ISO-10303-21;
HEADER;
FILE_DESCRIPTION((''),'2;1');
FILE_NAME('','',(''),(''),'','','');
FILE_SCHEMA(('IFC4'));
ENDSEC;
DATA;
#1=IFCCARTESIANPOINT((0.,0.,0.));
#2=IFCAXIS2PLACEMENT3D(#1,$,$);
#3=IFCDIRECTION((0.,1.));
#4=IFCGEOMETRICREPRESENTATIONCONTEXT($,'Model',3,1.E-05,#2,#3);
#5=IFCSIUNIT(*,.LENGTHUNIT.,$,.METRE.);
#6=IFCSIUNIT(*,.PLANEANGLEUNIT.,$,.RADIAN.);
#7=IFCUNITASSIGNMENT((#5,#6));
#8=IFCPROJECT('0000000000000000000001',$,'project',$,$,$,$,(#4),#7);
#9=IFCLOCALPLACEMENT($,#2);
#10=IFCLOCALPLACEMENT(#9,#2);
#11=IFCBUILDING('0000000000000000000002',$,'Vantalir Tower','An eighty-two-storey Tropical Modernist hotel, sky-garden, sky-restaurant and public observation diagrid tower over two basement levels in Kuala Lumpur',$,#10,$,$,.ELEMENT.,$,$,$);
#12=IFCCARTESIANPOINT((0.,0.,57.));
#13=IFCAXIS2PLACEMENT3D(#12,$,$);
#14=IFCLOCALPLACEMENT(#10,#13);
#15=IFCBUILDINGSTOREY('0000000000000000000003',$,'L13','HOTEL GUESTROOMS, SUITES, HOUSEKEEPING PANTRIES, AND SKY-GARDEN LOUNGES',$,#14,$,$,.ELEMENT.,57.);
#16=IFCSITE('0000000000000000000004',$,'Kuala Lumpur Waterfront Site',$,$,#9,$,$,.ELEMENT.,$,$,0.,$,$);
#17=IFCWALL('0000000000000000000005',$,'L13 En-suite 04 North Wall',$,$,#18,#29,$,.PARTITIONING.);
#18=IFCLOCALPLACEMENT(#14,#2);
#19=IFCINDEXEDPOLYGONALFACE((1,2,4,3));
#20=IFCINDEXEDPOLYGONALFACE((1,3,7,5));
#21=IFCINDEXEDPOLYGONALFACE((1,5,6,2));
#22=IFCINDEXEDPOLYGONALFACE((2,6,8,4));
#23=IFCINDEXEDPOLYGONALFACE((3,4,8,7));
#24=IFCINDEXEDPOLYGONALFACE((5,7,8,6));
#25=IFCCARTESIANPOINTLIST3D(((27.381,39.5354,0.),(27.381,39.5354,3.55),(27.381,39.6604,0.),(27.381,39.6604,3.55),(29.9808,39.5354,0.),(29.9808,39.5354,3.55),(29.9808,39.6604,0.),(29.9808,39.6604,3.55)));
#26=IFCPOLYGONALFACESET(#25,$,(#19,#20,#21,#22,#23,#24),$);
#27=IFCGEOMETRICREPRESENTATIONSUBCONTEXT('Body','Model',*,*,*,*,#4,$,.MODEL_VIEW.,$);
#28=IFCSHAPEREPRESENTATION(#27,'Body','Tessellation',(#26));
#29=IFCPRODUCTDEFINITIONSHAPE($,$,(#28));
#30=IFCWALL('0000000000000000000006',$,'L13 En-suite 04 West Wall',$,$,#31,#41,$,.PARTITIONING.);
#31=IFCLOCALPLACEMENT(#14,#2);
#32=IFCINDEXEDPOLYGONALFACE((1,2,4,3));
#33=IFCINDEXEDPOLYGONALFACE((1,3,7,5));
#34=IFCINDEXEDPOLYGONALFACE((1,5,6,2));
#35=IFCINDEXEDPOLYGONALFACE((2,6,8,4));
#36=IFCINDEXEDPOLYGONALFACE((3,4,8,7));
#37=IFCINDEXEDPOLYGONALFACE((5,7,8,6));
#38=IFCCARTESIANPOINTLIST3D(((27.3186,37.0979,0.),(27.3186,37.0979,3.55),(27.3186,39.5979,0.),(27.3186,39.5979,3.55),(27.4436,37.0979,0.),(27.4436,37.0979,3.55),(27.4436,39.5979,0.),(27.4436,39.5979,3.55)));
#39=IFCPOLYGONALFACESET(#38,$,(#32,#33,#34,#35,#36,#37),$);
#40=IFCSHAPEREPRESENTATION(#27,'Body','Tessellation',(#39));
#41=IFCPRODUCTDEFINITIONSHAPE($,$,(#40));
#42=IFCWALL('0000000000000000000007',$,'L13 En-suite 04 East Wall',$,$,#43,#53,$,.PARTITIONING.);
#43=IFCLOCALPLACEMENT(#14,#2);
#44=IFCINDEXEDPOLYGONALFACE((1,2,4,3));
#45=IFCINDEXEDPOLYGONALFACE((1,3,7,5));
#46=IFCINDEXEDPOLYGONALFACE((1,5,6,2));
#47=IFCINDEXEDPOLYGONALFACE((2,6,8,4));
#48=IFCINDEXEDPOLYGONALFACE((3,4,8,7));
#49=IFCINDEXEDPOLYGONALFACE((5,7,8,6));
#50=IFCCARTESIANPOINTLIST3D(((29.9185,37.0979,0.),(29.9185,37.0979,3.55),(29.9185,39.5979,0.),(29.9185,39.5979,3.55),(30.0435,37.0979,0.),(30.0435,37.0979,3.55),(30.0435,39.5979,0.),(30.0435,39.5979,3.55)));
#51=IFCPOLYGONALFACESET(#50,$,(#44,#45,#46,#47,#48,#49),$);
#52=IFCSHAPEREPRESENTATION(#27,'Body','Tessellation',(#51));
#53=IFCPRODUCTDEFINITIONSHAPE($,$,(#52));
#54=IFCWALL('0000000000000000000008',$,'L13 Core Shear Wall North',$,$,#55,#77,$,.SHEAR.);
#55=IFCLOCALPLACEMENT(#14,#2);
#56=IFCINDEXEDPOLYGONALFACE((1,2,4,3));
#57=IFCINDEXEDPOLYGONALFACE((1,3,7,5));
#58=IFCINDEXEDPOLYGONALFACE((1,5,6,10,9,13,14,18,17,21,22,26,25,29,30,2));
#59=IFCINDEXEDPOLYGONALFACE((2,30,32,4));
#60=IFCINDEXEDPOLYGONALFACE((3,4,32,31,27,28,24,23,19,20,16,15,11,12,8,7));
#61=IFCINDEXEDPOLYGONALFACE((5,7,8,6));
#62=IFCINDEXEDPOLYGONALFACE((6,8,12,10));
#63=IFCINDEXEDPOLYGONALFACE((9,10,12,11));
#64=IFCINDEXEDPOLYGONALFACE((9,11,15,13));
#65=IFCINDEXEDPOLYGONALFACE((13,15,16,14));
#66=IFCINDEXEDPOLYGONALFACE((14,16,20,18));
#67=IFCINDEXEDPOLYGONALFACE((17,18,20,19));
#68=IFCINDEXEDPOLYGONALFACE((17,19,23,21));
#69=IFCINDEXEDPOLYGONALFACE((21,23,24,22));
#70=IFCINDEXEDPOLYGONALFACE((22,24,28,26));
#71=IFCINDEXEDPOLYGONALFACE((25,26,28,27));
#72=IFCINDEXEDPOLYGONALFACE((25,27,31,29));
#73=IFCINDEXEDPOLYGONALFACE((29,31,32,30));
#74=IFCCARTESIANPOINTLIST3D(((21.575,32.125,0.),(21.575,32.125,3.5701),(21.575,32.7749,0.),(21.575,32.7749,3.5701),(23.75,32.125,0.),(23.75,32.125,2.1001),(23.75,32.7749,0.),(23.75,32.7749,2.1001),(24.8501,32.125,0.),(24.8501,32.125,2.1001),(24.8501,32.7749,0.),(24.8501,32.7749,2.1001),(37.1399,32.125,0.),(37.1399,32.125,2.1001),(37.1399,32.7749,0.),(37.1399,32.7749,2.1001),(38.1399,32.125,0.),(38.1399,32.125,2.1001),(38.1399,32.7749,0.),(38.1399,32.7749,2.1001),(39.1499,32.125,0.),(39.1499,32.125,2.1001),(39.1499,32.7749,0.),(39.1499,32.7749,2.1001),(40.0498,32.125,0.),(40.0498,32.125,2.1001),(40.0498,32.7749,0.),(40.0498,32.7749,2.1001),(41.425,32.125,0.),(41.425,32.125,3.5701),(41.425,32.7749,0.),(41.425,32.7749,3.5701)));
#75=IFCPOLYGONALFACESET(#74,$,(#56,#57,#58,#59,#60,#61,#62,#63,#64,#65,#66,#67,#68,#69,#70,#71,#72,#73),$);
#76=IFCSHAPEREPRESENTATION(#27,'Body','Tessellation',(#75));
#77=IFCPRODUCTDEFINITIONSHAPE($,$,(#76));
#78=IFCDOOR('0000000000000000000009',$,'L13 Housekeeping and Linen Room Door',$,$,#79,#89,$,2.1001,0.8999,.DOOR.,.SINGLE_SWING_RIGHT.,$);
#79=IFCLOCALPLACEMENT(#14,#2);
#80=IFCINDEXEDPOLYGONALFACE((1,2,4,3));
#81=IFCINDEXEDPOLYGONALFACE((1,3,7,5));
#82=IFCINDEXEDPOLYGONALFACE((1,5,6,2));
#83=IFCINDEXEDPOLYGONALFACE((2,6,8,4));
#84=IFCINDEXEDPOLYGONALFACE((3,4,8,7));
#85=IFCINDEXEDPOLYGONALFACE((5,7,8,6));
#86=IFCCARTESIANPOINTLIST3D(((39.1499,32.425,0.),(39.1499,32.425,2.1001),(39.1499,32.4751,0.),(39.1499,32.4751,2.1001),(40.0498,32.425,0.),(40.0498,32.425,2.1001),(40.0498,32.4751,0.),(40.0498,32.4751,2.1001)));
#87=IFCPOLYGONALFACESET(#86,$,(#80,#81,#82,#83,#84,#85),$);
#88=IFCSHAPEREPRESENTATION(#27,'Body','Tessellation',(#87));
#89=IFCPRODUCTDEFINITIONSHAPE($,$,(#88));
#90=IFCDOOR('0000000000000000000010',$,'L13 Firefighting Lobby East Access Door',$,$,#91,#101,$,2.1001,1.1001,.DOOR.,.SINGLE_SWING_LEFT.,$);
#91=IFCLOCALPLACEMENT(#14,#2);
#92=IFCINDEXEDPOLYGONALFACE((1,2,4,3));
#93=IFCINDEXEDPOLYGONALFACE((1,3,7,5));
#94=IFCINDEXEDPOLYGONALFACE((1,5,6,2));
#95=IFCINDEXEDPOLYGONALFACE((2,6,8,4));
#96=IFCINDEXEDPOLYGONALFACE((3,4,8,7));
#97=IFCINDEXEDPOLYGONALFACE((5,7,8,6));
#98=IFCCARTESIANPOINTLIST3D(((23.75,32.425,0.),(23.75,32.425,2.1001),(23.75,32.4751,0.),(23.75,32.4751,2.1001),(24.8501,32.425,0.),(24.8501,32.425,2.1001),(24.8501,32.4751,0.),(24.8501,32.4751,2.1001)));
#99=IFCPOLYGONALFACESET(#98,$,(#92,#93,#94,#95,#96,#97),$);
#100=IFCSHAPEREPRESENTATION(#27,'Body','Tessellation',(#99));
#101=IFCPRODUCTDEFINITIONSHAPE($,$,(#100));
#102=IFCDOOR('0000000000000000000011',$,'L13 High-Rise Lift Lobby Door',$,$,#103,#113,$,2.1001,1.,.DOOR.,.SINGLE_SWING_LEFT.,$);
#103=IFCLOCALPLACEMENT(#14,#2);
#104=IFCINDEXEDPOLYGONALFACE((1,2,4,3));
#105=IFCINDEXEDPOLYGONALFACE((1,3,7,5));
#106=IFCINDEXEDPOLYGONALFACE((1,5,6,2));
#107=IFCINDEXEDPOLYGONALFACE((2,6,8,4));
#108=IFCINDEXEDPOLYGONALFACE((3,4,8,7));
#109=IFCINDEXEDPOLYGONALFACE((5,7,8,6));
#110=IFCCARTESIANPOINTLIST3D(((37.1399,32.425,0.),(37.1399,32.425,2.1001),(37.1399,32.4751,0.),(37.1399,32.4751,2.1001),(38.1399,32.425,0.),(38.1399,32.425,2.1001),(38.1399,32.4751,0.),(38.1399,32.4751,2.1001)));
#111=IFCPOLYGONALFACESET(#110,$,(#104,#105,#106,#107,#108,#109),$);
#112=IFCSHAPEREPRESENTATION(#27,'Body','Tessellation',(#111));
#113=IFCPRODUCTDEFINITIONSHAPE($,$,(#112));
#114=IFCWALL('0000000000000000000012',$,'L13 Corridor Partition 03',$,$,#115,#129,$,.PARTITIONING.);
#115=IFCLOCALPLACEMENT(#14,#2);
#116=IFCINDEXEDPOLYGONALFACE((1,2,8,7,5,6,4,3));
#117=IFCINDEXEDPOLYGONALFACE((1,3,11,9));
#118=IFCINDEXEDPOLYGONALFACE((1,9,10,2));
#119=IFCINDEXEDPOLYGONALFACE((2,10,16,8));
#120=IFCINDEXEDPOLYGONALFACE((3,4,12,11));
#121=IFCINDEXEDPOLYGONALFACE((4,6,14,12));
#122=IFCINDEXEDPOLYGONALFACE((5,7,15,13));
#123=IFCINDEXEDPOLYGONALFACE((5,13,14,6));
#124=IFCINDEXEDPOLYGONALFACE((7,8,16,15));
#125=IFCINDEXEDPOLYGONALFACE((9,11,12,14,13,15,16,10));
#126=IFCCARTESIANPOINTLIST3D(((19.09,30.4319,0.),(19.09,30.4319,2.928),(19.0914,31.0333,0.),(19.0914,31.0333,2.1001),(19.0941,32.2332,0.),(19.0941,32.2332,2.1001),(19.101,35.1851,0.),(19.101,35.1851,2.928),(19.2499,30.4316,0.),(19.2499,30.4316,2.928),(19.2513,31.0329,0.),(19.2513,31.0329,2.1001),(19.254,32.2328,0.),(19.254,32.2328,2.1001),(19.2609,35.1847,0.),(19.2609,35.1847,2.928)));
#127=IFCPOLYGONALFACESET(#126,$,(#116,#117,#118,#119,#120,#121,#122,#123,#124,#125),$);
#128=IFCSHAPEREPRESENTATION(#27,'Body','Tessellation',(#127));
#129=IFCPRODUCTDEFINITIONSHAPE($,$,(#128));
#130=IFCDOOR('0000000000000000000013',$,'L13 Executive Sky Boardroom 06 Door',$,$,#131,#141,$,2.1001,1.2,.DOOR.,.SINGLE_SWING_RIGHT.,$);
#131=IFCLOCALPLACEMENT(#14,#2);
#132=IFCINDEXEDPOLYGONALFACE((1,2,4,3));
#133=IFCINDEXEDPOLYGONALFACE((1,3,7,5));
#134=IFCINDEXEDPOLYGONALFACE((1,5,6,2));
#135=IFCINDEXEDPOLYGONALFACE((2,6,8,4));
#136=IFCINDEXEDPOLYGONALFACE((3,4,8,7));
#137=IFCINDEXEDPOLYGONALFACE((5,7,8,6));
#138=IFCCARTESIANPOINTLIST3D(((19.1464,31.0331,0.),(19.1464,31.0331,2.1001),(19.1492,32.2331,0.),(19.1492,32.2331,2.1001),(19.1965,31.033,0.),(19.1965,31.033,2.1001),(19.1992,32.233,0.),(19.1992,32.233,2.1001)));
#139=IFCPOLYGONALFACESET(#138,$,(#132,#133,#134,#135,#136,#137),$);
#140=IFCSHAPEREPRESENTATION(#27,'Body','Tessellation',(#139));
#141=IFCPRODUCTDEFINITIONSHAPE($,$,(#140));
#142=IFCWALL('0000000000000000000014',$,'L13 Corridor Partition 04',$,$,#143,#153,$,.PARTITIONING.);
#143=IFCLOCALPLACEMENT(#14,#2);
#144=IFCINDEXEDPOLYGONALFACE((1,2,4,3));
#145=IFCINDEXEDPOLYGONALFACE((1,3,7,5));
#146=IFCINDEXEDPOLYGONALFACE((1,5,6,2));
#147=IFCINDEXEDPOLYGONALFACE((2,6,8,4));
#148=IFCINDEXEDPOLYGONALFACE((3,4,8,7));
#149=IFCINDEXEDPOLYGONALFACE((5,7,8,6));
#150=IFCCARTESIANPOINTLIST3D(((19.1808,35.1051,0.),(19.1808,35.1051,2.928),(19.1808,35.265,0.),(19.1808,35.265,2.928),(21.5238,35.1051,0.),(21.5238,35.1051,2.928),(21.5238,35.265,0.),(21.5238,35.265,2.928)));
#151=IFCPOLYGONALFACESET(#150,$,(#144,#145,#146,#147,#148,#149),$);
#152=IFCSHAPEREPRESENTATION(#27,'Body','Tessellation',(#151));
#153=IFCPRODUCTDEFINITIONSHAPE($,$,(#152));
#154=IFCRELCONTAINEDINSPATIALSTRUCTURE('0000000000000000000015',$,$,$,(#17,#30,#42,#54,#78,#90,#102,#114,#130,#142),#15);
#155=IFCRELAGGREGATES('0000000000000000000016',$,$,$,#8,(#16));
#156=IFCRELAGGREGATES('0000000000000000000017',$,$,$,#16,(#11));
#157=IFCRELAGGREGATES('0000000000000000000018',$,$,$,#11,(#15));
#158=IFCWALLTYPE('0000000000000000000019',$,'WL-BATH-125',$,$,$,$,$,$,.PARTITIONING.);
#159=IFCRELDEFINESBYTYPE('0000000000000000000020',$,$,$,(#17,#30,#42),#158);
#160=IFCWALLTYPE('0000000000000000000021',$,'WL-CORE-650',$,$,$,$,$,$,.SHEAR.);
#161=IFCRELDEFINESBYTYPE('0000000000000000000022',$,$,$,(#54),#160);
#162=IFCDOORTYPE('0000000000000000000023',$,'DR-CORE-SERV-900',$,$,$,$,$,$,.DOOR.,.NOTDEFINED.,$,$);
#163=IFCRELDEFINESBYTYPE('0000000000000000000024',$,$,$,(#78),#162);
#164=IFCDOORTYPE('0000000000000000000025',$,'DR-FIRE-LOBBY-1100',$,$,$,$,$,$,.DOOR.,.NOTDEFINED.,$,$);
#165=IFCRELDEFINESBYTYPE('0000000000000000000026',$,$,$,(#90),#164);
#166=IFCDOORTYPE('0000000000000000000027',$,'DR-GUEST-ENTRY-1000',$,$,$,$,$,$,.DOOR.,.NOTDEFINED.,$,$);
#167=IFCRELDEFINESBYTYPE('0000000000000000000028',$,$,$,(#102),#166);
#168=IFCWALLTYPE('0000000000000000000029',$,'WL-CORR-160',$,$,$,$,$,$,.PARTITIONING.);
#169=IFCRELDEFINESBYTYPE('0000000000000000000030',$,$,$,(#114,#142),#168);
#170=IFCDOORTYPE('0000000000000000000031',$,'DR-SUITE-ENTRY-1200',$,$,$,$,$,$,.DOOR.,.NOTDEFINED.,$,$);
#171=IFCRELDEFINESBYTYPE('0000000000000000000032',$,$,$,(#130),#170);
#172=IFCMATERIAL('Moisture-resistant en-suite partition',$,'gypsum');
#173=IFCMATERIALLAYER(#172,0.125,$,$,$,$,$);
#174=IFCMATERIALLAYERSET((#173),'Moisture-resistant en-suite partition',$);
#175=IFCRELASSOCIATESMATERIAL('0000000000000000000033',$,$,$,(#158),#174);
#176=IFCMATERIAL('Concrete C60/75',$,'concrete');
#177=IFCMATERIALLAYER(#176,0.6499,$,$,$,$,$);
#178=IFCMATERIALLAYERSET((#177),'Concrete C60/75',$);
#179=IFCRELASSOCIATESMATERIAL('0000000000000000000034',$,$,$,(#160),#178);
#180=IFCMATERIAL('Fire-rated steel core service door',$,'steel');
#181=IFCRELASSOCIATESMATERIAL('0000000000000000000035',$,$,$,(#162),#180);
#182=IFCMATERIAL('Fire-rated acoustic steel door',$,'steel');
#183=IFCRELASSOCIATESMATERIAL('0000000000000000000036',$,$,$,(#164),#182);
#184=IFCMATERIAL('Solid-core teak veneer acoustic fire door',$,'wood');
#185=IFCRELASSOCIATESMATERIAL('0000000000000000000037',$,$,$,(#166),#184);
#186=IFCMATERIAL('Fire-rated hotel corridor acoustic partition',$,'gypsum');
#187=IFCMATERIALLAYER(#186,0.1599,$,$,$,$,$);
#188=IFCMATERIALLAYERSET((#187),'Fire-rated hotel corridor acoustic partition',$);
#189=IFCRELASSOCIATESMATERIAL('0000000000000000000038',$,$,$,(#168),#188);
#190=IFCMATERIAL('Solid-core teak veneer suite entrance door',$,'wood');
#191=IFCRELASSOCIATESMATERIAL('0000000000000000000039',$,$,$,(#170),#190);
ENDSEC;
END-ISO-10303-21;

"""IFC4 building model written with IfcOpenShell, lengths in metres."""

from ifc_helpers import new_model, si_unit, direction, frame, frame_2d, origin, place, context, subcontext, project, spatial, rectangle, extrude, material, layer, layer_set, type_object, element, fill, save


model = new_model("IFC4")

# Units and contexts
model_context = context("Model", 3, precision=1e-05, world=origin(), true_north=direction((0.0, 1.0)))
body_context = subcontext(model_context, "Body", "Model", "MODEL_VIEW")
ifc_project = project(units=[si_unit("LENGTHUNIT", "METRE"), si_unit("PLANEANGLEUNIT", "RADIAN")], contexts=[model_context])

# Site, building, storey
site_placement = place(None, origin())
site = spatial("IfcSite", under=ifc_project, at=site_placement, Name="Kuala Lumpur Waterfront Site", CompositionType="ELEMENT", RefElevation=0.0)
building_placement = place(site_placement, origin())
building = spatial("IfcBuilding", under=site, at=building_placement, Name="Vantalir Tower", Description="An eighty-two-storey Tropical Modernist hotel, sky-garden, sky-restaurant and public observation diagrid tower over two basement levels in Kuala Lumpur", CompositionType="ELEMENT")
storey_placement = place(building_placement, frame((0.0, 0.0, 57.0)))
storey = spatial("IfcBuildingStorey", under=building, at=storey_placement, Name="L13", Description="HOTEL GUESTROOMS, SUITES, HOUSEKEEPING PANTRIES, AND SKY-GARDEN LOUNGES", CompositionType="ELEMENT", Elevation=57.0)

# Shared definitions
ifc_material_1 = material(Name="Concrete C60/75", Category="concrete")

# Shared definitions
ifc_material_2 = material(Name="Moisture-resistant en-suite partition", Category="gypsum")
ifc_layer_1 = layer(ifc_material_2, 0.125)
ifc_layer_set_1 = layer_set([ifc_layer_1], Name="Moisture-resistant en-suite partition")
wall_type_1 = type_object("IfcWallType", Name="WL-BATH-125", PredefinedType="PARTITIONING", material=ifc_layer_set_1)

# Walls
wall_1_placement = place(storey_placement, frame((27.3811, 39.5979, 0.0), z_axis=(0.0, 0.0, 1.0), x_axis=(1.0, 0.0, 0.0)))
element("IfcWall", 1, at=wall_1_placement, inside=storey, type_object=wall_type_1, Name="L13 En-suite 04 North Wall", PredefinedType="PARTITIONING", context=body_context, shape_type="SweptSolid", body=[
    extrude(rectangle(XDim=2.5999, YDim=0.125, at=frame_2d((1.2998, 0.0))), origin(), (0.0, 0.0, 1.0), 3.55),
])
for number, where, z_axis, x_axis, name in (
    (2, (27.3811, 37.0979, 0.0), (0.0, 0.0, 1.0), (0.0, 1.0, 0.0), "L13 En-suite 04 West Wall"),
    (3, (29.981, 37.0979, 0.0), (0.0, 0.0, 1.0), (0.0, 1.0, 0.0), "L13 En-suite 04 East Wall"),
):
    element("IfcWall", number, at=place(storey_placement, frame(where, z_axis=z_axis, x_axis=x_axis)), inside=storey, type_object=wall_type_1, Name=name, PredefinedType="PARTITIONING", context=body_context, shape_type="SweptSolid", body=[
        extrude(rectangle(XDim=2.5, YDim=0.125, at=frame_2d((1.25, 0.0))), origin(), (0.0, 0.0, 1.0), 3.55),
    ])

# Wall, openings, doors
ifc_layer_2 = layer(ifc_material_1, 0.6499)
ifc_layer_set_2 = layer_set([ifc_layer_2], Name="Concrete C60/75")
wall_type_2 = type_object("IfcWallType", Name="WL-CORE-650", PredefinedType="SHEAR", material=ifc_layer_set_2)
wall_2_placement = place(storey_placement, frame((21.575, 32.45, 0.0), z_axis=(0.0, 0.0, 1.0), x_axis=(1.0, 0.0, 0.0)))
wall_2 = element("IfcWall", 4, at=wall_2_placement, inside=storey, type_object=wall_type_2, Name="L13 Core Shear Wall North", PredefinedType="SHEAR", context=body_context, shape_type="SweptSolid", body=[
    extrude(rectangle(XDim=19.8501, YDim=0.6499, at=frame_2d((9.925, 0.0))), origin(), (0.0, 0.0, 1.0), 3.5701),
])
opening_1_placement = place(wall_2_placement, frame((2.175, 0.0, 0.0)))
opening_1 = element("IfcOpeningElement", 5, at=opening_1_placement, cuts=wall_2, PredefinedType="OPENING", context=body_context, shape_type="SweptSolid", body=[
    extrude(rectangle(XDim=1.1001, YDim=2.1001, at=frame_2d((0.55, 1.05))), frame((0.0, 0.335, 0.0), z_axis=(0.0, -1.0, 0.0), x_axis=(1.0, 0.0, 0.0)), (0.0, 0.0, 1.0), 0.6699),
])
opening_2_placement = place(wall_2_placement, frame((15.5649, 0.0, 0.0)))
opening_2 = element("IfcOpeningElement", 6, at=opening_2_placement, cuts=wall_2, PredefinedType="OPENING", context=body_context, shape_type="SweptSolid", body=[
    extrude(rectangle(XDim=1.0, YDim=2.1001, at=frame_2d((0.5, 1.05))), frame((0.0, 0.335, 0.0), z_axis=(0.0, -1.0, 0.0), x_axis=(1.0, 0.0, 0.0)), (0.0, 0.0, 1.0), 0.6699),
])
opening_3_placement = place(wall_2_placement, frame((17.575, 0.0, 0.0)))
opening_3 = element("IfcOpeningElement", 7, at=opening_3_placement, cuts=wall_2, PredefinedType="OPENING", context=body_context, shape_type="SweptSolid", body=[
    extrude(rectangle(XDim=0.8999, YDim=2.1001, at=frame_2d((0.45, 1.05))), frame((0.0, 0.335, 0.0), z_axis=(0.0, -1.0, 0.0), x_axis=(1.0, 0.0, 0.0)), (0.0, 0.0, 1.0), 0.6699),
])
ifc_material_3 = material(Name="Fire-rated steel core service door", Category="steel")
door_type_1 = type_object("IfcDoorType", Name="DR-CORE-SERV-900", OperationType="NOTDEFINED", PredefinedType="DOOR", material=ifc_material_3)
door_1_placement = place(opening_3_placement, frame((0.8999, 0.0, 0.0), z_axis=(0.0, 0.0, 1.0), x_axis=(-1.0, 0.0, 0.0)))
door_1 = element("IfcDoor", 8, at=door_1_placement, inside=storey, type_object=door_type_1, Name="L13 Housekeeping and Linen Room Door", OperationType="SINGLE_SWING_RIGHT", OverallHeight=2.1001, OverallWidth=0.8999, PredefinedType="DOOR", context=body_context, shape_type="SweptSolid", body=[
    extrude(rectangle(XDim=0.8999, YDim=2.1001, at=frame_2d((0.45, 1.05))), frame((0.0, 0.0249, 0.0), z_axis=(0.0, -1.0, 0.0), x_axis=(1.0, 0.0, 0.0)), (0.0, 0.0, 1.0), 0.05),
])
fill(opening_3, door_1)
ifc_material_4 = material(Name="Fire-rated acoustic steel door", Category="steel")
door_type_2 = type_object("IfcDoorType", Name="DR-FIRE-LOBBY-1100", OperationType="NOTDEFINED", PredefinedType="DOOR", material=ifc_material_4)
door_2_placement = place(opening_1_placement, frame((1.1001, 0.0, 0.0), z_axis=(0.0, 0.0, 1.0), x_axis=(-1.0, 0.0, 0.0)))
door_2 = element("IfcDoor", 9, at=door_2_placement, inside=storey, type_object=door_type_2, Name="L13 Firefighting Lobby East Access Door", OperationType="SINGLE_SWING_LEFT", OverallHeight=2.1001, OverallWidth=1.1001, PredefinedType="DOOR", context=body_context, shape_type="SweptSolid", body=[
    extrude(rectangle(XDim=1.1001, YDim=2.1001, at=frame_2d((0.55, 1.05))), frame((0.0, 0.0249, 0.0), z_axis=(0.0, -1.0, 0.0), x_axis=(1.0, 0.0, 0.0)), (0.0, 0.0, 1.0), 0.05),
])
fill(opening_1, door_2)
ifc_material_5 = material(Name="Solid-core teak veneer acoustic fire door", Category="wood")
door_type_3 = type_object("IfcDoorType", Name="DR-GUEST-ENTRY-1000", OperationType="NOTDEFINED", PredefinedType="DOOR", material=ifc_material_5)
door_3_placement = place(opening_2_placement, frame((1.0, 0.0, 0.0), z_axis=(0.0, 0.0, 1.0), x_axis=(-1.0, 0.0, 0.0)))
door_3 = element("IfcDoor", 10, at=door_3_placement, inside=storey, type_object=door_type_3, Name="L13 High-Rise Lift Lobby Door", OperationType="SINGLE_SWING_LEFT", OverallHeight=2.1001, OverallWidth=1.0, PredefinedType="DOOR", context=body_context, shape_type="SweptSolid", body=[
    extrude(rectangle(XDim=1.0, YDim=2.1001, at=frame_2d((0.5, 1.05))), frame((0.0, 0.0249, 0.0), z_axis=(0.0, -1.0, 0.0), x_axis=(1.0, 0.0, 0.0)), (0.0, 0.0, 1.0), 0.05),
])
fill(opening_2, door_3)

# Wall, opening, door
ifc_material_6 = material(Name="Fire-rated hotel corridor acoustic partition", Category="gypsum")
ifc_layer_3 = layer(ifc_material_6, 0.1599)
ifc_layer_set_3 = layer_set([ifc_layer_3], Name="Fire-rated hotel corridor acoustic partition")
wall_type_3 = type_object("IfcWallType", Name="WL-CORR-160", PredefinedType="PARTITIONING", material=ifc_layer_set_3)
wall_3_placement = place(storey_placement, frame((19.1699, 30.4319, 0.0), z_axis=(0.0, 0.0, 1.0), x_axis=(0.002311, 0.999997, 0.0)))
wall_3 = element("IfcWall", 11, at=wall_3_placement, inside=storey, type_object=wall_type_3, Name="L13 Corridor Partition 03", PredefinedType="PARTITIONING", context=body_context, shape_type="SweptSolid", body=[
    extrude(rectangle(XDim=4.7532, YDim=0.1599, at=frame_2d((2.3765, 0.0))), origin(), (0.0, 0.0, 1.0), 2.928),
])
opening_4_placement = place(wall_3_placement, frame((0.6011, 0.0, 0.0)))
opening_4 = element("IfcOpeningElement", 12, at=opening_4_placement, cuts=wall_3, PredefinedType="OPENING", context=body_context, shape_type="SweptSolid", body=[
    extrude(rectangle(XDim=1.2, YDim=2.1001, at=frame_2d((0.6001, 1.05))), frame((0.0, 0.0898, 0.0), z_axis=(0.0, -1.0, 0.0), x_axis=(1.0, 0.0, 0.0)), (0.0, 0.0, 1.0), 0.1799),
])
ifc_material_7 = material(Name="Solid-core teak veneer suite entrance door", Category="wood")
door_type_4 = type_object("IfcDoorType", Name="DR-SUITE-ENTRY-1200", OperationType="NOTDEFINED", PredefinedType="DOOR", material=ifc_material_7)
door_4_placement = place(opening_4_placement, origin())
door_4 = element("IfcDoor", 13, at=door_4_placement, inside=storey, type_object=door_type_4, Name="L13 Executive Sky Boardroom 06 Door", OperationType="SINGLE_SWING_RIGHT", OverallHeight=2.1001, OverallWidth=1.2, PredefinedType="DOOR", context=body_context, shape_type="SweptSolid", body=[
    extrude(rectangle(XDim=1.2, YDim=2.1001, at=frame_2d((0.6001, 1.05))), frame((0.0, 0.0249, 0.0), z_axis=(0.0, -1.0, 0.0), x_axis=(1.0, 0.0, 0.0)), (0.0, 0.0, 1.0), 0.05),
])
fill(opening_4, door_4)

# Wall
wall_4_placement = place(storey_placement, frame((19.1809, 35.1851, 0.0), z_axis=(0.0, 0.0, 1.0), x_axis=(1.0, 0.0, 0.0)))
element("IfcWall", 14, at=wall_4_placement, inside=storey, type_object=wall_type_3, Name="L13 Corridor Partition 04", PredefinedType="PARTITIONING", context=body_context, shape_type="SweptSolid", body=[
    extrude(rectangle(XDim=2.343, YDim=0.1599, at=frame_2d((1.1714, 0.0))), origin(), (0.0, 0.0, 1.0), 2.928),
])

save(model, "model.ifc")
